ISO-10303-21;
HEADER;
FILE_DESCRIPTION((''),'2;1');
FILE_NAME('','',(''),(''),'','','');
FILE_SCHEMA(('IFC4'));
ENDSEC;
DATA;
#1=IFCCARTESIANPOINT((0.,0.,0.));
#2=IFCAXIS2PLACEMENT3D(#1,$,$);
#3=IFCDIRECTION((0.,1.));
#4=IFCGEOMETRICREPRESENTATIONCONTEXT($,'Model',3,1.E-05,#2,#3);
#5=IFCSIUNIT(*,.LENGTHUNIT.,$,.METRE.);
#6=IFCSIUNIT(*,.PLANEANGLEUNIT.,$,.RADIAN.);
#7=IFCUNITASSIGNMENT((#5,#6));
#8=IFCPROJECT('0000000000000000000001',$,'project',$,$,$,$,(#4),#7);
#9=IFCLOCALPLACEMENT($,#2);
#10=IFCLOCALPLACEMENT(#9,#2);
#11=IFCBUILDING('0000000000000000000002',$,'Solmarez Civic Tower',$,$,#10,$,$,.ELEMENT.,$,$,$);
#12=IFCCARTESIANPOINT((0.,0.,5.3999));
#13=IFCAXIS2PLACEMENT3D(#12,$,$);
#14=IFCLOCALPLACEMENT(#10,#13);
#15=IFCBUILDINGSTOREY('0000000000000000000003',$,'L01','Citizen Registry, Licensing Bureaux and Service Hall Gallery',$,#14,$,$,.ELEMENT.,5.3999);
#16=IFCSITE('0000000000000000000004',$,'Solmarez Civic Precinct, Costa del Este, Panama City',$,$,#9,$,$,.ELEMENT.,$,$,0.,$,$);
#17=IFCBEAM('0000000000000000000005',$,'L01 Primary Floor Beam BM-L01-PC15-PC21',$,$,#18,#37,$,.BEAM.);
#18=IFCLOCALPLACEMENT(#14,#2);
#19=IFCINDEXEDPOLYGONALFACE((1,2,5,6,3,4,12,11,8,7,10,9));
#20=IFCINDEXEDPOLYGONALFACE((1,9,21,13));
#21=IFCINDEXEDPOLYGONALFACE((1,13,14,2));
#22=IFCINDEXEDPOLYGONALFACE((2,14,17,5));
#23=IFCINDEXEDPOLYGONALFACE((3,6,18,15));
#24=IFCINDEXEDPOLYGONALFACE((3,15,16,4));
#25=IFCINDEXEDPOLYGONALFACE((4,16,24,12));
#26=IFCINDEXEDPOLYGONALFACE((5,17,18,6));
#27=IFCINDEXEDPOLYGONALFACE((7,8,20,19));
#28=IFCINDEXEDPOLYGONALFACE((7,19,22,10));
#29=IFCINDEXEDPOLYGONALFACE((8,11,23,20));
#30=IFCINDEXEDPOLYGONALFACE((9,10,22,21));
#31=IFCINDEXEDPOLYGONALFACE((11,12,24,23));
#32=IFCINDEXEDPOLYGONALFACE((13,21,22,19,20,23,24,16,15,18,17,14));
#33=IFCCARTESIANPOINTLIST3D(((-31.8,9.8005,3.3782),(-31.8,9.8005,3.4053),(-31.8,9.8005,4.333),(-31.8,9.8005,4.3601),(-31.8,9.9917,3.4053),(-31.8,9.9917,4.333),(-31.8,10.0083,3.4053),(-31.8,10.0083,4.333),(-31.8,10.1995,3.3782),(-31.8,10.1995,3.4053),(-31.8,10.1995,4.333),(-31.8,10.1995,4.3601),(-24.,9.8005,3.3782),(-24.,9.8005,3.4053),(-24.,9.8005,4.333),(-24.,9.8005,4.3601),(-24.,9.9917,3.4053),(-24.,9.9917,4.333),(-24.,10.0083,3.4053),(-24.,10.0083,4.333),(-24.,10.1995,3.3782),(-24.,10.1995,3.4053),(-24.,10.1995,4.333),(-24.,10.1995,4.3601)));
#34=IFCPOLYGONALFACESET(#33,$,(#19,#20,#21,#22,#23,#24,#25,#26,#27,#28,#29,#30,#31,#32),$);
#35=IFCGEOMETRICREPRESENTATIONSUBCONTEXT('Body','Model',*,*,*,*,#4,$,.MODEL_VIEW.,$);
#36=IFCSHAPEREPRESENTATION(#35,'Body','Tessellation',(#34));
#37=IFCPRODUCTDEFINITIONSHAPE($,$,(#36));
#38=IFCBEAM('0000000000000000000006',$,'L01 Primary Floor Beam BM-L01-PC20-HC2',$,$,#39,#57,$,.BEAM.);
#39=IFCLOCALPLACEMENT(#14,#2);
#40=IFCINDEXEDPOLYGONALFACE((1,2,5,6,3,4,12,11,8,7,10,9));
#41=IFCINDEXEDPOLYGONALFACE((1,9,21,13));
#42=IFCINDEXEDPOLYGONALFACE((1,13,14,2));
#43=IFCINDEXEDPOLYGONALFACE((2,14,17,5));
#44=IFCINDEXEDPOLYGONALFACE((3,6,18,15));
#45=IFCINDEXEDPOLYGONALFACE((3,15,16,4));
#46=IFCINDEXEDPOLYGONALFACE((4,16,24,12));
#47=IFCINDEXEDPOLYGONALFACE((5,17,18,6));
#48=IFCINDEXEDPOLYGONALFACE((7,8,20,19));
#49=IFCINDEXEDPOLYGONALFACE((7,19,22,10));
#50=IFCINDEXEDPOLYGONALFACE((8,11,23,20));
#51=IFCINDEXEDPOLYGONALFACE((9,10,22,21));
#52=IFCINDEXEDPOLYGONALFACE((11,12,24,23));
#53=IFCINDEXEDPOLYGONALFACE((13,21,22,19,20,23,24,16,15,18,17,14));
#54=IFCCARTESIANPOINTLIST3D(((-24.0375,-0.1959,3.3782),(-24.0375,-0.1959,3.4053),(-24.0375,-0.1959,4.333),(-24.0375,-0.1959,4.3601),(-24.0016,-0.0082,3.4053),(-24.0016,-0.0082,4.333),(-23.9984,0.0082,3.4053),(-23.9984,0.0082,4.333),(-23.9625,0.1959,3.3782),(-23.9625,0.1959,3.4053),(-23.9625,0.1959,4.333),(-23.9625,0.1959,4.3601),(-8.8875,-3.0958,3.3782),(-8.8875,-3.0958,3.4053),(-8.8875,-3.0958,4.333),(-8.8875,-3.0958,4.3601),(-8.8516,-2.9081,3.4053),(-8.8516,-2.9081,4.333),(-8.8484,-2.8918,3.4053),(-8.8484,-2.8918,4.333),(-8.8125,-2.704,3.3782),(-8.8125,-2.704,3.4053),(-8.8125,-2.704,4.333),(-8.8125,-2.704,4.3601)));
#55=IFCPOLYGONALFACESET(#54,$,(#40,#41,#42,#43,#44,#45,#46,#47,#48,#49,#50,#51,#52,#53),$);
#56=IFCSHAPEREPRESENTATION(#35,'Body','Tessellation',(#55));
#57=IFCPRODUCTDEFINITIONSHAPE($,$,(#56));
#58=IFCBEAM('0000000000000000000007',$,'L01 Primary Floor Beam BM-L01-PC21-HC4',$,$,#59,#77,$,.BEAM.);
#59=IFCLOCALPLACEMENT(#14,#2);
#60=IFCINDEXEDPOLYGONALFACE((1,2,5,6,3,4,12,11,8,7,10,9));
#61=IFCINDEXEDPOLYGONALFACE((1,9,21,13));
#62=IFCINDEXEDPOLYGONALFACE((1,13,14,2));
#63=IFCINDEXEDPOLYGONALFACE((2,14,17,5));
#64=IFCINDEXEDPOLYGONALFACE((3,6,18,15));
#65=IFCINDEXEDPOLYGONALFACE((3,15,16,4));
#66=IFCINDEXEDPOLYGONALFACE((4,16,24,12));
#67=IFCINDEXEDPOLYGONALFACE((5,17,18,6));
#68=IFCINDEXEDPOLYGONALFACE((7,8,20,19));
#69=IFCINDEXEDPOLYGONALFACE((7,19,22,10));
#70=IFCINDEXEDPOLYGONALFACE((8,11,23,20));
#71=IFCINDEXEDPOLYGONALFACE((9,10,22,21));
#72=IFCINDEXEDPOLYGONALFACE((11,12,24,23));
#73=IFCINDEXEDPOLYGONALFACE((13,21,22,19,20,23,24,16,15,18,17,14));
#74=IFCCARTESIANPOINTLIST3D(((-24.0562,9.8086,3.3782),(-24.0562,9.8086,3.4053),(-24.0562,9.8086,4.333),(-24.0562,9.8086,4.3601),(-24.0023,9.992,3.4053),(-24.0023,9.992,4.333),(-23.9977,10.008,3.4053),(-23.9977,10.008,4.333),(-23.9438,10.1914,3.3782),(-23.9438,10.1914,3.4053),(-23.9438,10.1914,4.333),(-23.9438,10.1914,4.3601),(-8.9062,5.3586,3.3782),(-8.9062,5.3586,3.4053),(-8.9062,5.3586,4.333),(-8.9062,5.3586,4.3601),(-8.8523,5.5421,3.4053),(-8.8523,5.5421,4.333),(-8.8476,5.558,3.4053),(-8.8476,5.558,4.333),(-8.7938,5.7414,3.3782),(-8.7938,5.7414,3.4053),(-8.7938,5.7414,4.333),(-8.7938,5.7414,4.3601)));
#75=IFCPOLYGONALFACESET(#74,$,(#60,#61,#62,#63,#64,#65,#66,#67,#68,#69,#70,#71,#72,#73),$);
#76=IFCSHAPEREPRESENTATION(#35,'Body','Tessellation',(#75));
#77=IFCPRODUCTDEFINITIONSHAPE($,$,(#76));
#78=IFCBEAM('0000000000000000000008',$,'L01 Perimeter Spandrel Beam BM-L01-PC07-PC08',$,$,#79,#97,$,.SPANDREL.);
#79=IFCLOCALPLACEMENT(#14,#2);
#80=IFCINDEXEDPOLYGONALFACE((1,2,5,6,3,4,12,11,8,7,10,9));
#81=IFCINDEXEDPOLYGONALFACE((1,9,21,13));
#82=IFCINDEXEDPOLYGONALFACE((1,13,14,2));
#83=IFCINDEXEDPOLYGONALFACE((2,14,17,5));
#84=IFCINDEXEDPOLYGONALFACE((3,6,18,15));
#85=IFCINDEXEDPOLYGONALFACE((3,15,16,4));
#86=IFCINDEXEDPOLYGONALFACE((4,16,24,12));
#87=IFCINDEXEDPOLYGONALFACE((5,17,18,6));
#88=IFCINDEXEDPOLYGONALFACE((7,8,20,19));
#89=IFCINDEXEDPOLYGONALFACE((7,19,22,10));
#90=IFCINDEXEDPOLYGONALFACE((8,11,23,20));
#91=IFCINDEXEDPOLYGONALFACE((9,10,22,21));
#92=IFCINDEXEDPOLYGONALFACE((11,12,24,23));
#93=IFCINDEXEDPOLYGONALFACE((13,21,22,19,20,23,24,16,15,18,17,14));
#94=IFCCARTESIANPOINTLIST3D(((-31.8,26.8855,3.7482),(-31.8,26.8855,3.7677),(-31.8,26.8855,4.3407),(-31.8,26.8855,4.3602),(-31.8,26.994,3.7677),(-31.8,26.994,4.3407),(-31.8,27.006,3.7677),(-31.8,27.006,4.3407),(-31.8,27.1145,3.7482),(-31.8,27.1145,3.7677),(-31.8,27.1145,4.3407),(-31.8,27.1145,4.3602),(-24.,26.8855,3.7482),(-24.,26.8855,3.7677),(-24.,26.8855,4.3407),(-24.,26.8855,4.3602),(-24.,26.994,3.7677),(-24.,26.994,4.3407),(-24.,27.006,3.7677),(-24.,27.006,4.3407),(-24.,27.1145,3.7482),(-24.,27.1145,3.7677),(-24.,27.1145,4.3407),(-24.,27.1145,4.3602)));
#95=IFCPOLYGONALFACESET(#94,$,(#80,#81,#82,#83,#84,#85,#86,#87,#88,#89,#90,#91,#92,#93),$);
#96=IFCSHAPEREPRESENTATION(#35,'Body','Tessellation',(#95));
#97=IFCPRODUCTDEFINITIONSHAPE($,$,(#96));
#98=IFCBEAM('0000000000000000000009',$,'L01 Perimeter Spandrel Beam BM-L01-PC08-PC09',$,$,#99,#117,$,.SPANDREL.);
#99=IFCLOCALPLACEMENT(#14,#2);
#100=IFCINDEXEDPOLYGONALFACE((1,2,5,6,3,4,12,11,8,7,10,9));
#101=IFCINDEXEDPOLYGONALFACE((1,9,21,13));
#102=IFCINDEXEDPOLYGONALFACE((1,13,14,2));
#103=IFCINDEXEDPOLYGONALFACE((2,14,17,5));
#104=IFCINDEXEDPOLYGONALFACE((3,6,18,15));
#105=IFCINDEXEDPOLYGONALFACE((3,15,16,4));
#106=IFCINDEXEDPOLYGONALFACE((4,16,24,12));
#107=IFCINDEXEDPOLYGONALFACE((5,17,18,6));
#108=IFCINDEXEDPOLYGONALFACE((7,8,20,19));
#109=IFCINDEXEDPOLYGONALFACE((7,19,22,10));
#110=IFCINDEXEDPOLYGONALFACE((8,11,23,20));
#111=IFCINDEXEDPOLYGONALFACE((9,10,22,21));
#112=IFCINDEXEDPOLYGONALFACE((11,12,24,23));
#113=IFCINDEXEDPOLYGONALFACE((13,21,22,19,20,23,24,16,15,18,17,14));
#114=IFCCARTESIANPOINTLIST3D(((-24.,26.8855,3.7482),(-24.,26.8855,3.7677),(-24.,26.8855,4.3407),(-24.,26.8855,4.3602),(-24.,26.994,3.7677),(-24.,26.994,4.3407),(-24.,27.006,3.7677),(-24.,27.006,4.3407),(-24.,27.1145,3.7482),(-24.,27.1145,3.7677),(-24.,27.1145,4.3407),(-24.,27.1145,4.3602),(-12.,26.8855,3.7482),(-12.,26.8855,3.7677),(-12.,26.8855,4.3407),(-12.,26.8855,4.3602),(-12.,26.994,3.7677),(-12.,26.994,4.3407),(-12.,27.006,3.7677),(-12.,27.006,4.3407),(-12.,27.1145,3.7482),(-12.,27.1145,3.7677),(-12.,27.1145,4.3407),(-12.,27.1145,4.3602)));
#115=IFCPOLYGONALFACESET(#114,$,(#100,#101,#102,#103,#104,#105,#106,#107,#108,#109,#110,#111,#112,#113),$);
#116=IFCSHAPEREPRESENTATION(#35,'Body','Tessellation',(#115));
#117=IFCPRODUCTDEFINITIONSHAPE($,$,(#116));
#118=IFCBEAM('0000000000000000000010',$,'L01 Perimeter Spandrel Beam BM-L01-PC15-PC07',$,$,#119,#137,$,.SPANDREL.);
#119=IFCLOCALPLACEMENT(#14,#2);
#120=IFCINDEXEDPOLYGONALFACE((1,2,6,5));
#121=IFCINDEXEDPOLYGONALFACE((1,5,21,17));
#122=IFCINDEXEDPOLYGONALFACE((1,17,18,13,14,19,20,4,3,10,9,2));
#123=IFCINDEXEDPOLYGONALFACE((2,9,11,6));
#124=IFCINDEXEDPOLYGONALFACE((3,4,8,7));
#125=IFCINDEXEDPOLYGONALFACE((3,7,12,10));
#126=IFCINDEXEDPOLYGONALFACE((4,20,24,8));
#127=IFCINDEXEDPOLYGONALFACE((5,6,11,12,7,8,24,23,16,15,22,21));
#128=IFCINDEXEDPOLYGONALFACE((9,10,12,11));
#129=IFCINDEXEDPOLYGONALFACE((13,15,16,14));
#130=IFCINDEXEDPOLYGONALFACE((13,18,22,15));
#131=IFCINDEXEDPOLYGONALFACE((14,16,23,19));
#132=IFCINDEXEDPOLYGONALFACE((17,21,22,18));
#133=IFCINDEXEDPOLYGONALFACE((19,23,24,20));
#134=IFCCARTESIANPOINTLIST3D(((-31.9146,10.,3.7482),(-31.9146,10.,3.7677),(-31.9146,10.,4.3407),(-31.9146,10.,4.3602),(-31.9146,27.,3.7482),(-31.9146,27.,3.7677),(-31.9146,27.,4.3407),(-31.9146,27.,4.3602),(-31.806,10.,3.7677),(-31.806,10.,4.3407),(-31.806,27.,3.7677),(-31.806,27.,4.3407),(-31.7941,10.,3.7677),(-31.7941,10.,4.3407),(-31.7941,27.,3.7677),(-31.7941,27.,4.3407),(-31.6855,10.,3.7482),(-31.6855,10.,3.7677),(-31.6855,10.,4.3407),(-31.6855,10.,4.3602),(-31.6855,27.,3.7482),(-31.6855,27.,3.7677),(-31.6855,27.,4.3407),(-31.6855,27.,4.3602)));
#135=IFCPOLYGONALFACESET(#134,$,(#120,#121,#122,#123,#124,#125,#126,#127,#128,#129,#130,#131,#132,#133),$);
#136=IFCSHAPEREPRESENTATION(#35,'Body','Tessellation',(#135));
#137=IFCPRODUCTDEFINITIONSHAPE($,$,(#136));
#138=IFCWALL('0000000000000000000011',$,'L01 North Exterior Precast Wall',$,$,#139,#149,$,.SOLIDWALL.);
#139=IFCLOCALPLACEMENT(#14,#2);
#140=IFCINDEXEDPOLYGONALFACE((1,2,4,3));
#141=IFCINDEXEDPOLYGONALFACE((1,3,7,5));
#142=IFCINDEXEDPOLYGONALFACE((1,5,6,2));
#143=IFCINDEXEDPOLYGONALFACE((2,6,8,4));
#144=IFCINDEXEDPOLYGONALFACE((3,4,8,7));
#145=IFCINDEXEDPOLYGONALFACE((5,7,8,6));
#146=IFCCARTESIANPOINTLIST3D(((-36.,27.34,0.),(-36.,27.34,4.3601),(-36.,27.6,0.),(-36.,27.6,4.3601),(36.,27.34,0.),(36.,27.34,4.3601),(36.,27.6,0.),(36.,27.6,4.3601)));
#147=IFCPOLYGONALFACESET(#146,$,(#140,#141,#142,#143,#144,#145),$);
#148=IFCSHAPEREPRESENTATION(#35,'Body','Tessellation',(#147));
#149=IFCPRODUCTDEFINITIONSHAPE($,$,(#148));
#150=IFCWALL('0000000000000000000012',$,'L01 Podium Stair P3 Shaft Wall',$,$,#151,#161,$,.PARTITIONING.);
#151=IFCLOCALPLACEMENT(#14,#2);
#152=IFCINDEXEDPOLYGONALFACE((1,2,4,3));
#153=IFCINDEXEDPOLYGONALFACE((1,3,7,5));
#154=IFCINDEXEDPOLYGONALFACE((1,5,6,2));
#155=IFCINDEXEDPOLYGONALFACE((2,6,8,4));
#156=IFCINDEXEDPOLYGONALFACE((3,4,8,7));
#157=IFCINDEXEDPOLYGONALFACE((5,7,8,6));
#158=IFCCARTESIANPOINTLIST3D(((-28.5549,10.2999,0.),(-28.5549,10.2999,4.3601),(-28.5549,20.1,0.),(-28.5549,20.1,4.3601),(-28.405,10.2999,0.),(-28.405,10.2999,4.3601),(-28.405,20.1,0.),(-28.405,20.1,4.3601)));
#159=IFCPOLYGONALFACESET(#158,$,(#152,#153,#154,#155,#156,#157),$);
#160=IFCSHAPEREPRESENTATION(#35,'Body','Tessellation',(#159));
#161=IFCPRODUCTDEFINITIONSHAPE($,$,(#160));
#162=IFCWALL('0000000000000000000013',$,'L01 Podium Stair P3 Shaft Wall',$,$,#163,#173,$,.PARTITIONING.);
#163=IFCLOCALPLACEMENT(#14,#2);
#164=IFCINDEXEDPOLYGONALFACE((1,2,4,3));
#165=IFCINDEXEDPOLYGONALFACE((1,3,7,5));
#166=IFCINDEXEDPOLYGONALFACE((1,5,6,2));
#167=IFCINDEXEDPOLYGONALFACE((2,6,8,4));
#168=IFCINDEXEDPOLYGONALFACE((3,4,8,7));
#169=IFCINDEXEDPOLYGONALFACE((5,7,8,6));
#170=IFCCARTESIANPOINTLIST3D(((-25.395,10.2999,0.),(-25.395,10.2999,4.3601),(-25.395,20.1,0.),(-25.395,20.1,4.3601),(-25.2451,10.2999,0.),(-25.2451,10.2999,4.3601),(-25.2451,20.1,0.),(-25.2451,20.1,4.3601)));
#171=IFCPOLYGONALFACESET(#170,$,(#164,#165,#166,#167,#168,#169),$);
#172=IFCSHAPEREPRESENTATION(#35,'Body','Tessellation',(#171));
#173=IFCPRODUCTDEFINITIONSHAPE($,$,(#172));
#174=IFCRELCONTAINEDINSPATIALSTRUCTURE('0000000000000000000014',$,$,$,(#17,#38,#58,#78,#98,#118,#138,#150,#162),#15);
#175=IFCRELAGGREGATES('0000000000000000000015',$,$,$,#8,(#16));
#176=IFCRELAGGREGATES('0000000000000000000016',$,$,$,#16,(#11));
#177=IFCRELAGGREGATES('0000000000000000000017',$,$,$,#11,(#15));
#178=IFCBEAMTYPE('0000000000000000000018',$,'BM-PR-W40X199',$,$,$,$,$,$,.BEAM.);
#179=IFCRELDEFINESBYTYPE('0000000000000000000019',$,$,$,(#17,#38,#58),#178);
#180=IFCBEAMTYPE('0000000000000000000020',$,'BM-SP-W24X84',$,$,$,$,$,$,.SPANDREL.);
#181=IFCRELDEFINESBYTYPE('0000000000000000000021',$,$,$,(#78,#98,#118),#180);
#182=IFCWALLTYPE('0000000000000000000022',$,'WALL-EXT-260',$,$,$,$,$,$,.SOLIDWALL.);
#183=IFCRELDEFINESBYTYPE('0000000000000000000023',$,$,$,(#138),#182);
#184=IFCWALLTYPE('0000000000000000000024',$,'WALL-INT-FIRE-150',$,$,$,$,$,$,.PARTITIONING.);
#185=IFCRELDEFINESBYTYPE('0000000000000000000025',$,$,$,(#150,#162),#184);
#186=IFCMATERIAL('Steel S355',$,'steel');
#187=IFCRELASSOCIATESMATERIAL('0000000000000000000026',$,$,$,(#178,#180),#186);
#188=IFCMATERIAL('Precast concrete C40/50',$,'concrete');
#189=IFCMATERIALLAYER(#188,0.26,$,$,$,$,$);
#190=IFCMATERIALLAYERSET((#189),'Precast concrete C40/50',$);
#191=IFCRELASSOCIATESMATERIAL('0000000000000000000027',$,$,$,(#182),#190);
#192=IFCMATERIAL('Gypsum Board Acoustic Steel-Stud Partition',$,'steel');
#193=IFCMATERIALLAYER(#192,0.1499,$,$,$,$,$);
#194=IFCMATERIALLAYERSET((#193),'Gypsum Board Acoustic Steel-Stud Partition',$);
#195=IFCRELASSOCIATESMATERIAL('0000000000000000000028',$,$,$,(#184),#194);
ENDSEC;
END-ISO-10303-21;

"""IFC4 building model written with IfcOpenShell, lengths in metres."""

from ifc_helpers import new_model, si_unit, direction, frame, frame_2d, origin, origin_2d, place, context, subcontext, project, spatial, rectangle, i_section, extrude, material, layer, layer_set, material_profile, profile_set, type_object, element, save


model = new_model("IFC4")

# Units and contexts
model_context = context("Model", 3, precision=1e-05, world=origin(), true_north=direction((0.0, 1.0)))
body_context = subcontext(model_context, "Body", "Model", "MODEL_VIEW")
ifc_project = project(units=[si_unit("LENGTHUNIT", "METRE"), si_unit("PLANEANGLEUNIT", "RADIAN")], contexts=[model_context])

# Site, building, storey
site_placement = place(None, origin())
site = spatial("IfcSite", under=ifc_project, at=site_placement, Name="Solmarez Civic Precinct, Costa del Este, Panama City", CompositionType="ELEMENT", RefElevation=0.0)
building_placement = place(site_placement, origin())
building = spatial("IfcBuilding", under=site, at=building_placement, Name="Solmarez Civic Tower", CompositionType="ELEMENT")
storey_placement = place(building_placement, frame((0.0, 0.0, 5.3999)))
storey = spatial("IfcBuildingStorey", under=building, at=storey_placement, Name="L01", Description="Citizen Registry, Licensing Bureaux and Service Hall Gallery", CompositionType="ELEMENT", Elevation=5.3999)

# Beams
ifc_material_1 = material(Name="Steel S355", Category="steel")
ifc_material_profile_1 = material_profile(ifc_material_1, i_section(OverallWidth=0.3989, OverallDepth=0.9819, WebThickness=0.0166, FlangeThickness=0.0271, at=origin_2d()), Name="W40X199")
ifc_profile_set_1 = profile_set([ifc_material_profile_1], Name="Steel S355")
beam_type_1 = type_object("IfcBeamType", Name="BM-PR-W40X199", PredefinedType="BEAM", material=ifc_profile_set_1)
beam_1_placement = place(storey_placement, frame((-31.8, 10.0, 3.8691), z_axis=(1.0, 0.0, 0.0), x_axis=(0.0, 1.0, 0.0)))
element("IfcBeam", 1, at=beam_1_placement, inside=storey, type_object=beam_type_1, Name="L01 Primary Floor Beam BM-L01-PC15-PC21", PredefinedType="BEAM", context=body_context, shape_type="SweptSolid", body=[
    extrude(i_section(OverallWidth=0.3989, OverallDepth=0.9819, WebThickness=0.0166, FlangeThickness=0.0271, at=origin_2d()), origin(), (0.0, 0.0, 1.0), 7.8),
])
beam_2_placement = place(storey_placement, frame((-24.0, 0.0, 3.8691), z_axis=(0.982169, -0.188001, 0.0), x_axis=(0.188001, 0.982169, 0.0)))
element("IfcBeam", 2, at=beam_2_placement, inside=storey, type_object=beam_type_1, Name="L01 Primary Floor Beam BM-L01-PC20-HC2", PredefinedType="BEAM", context=body_context, shape_type="SweptSolid", body=[
    extrude(i_section(OverallWidth=0.3989, OverallDepth=0.9819, WebThickness=0.0166, FlangeThickness=0.0271, at=origin_2d()), origin(), (0.0, 0.0, 1.0), 15.425),
])
beam_3_placement = place(storey_placement, frame((-24.0, 10.0, 3.8691), z_axis=(0.959467, -0.281822, 0.0), x_axis=(0.281822, 0.959467, 0.0)))
element("IfcBeam", 3, at=beam_3_placement, inside=storey, type_object=beam_type_1, Name="L01 Primary Floor Beam BM-L01-PC21-HC4", PredefinedType="BEAM", context=body_context, shape_type="SweptSolid", body=[
    extrude(i_section(OverallWidth=0.3989, OverallDepth=0.9819, WebThickness=0.0166, FlangeThickness=0.0271, at=origin_2d()), origin(), (0.0, 0.0, 1.0), 15.79),
])
ifc_material_profile_2 = material_profile(ifc_material_1, i_section(OverallWidth=0.229, OverallDepth=0.6121, WebThickness=0.012, FlangeThickness=0.0195, at=origin_2d()), Name="W24X84")
ifc_profile_set_2 = profile_set([ifc_material_profile_2], Name="Steel S355")
beam_type_2 = type_object("IfcBeamType", Name="BM-SP-W24X84", PredefinedType="SPANDREL", material=ifc_profile_set_2)
beam_4_placement = place(storey_placement, frame((-31.8, 27.0, 4.0542), z_axis=(1.0, 0.0, 0.0), x_axis=(0.0, 1.0, 0.0)))
element("IfcBeam", 4, at=beam_4_placement, inside=storey, type_object=beam_type_2, Name="L01 Perimeter Spandrel Beam BM-L01-PC07-PC08", PredefinedType="SPANDREL", context=body_context, shape_type="SweptSolid", body=[
    extrude(i_section(OverallWidth=0.229, OverallDepth=0.6121, WebThickness=0.012, FlangeThickness=0.0195, at=origin_2d()), origin(), (0.0, 0.0, 1.0), 7.8),
])
beam_5_placement = place(storey_placement, frame((-24.0, 27.0, 4.0542), z_axis=(1.0, 0.0, 0.0), x_axis=(0.0, 1.0, 0.0)))
element("IfcBeam", 5, at=beam_5_placement, inside=storey, type_object=beam_type_2, Name="L01 Perimeter Spandrel Beam BM-L01-PC08-PC09", PredefinedType="SPANDREL", context=body_context, shape_type="SweptSolid", body=[
    extrude(i_section(OverallWidth=0.229, OverallDepth=0.6121, WebThickness=0.012, FlangeThickness=0.0195, at=origin_2d()), origin(), (0.0, 0.0, 1.0), 12.0),
])
beam_6_placement = place(storey_placement, frame((-31.8, 10.0, 4.0542), z_axis=(0.0, 1.0, 0.0), x_axis=(-1.0, 0.0, 0.0)))
element("IfcBeam", 6, at=beam_6_placement, inside=storey, type_object=beam_type_2, Name="L01 Perimeter Spandrel Beam BM-L01-PC15-PC07", PredefinedType="SPANDREL", context=body_context, shape_type="SweptSolid", body=[
    extrude(i_section(OverallWidth=0.229, OverallDepth=0.6121, WebThickness=0.012, FlangeThickness=0.0195, at=origin_2d()), origin(), (0.0, 0.0, 1.0), 17.0),
])

# Walls
ifc_material_2 = material(Name="Precast concrete C40/50", Category="concrete")
ifc_layer_1 = layer(ifc_material_2, 0.26)
ifc_layer_set_1 = layer_set([ifc_layer_1], Name="Precast concrete C40/50")
wall_type_1 = type_object("IfcWallType", Name="WALL-EXT-260", PredefinedType="SOLIDWALL", material=ifc_layer_set_1)
wall_1_placement = place(storey_placement, frame((-36.0, 27.47, 0.0), z_axis=(0.0, 0.0, 1.0), x_axis=(1.0, 0.0, 0.0)))
element("IfcWall", 7, at=wall_1_placement, inside=storey, type_object=wall_type_1, Name="L01 North Exterior Precast Wall", PredefinedType="SOLIDWALL", context=body_context, shape_type="SweptSolid", body=[
    extrude(rectangle(XDim=72.0, YDim=0.26, at=frame_2d((36.0, 0.0))), origin(), (0.0, 0.0, 1.0), 4.3601),
])
ifc_material_3 = material(Name="Gypsum Board Acoustic Steel-Stud Partition", Category="steel")
ifc_layer_2 = layer(ifc_material_3, 0.1499)
ifc_layer_set_2 = layer_set([ifc_layer_2], Name="Gypsum Board Acoustic Steel-Stud Partition")
wall_type_2 = type_object("IfcWallType", Name="WALL-INT-FIRE-150", PredefinedType="PARTITIONING", material=ifc_layer_set_2)
for number, where, z_axis, x_axis, name in (
    (8, (-28.48, 10.3, 0.0), (0.0, 0.0, 1.0), (0.0, 1.0, 0.0), "L01 Podium Stair P3 Shaft Wall"),
    (9, (-25.3201, 10.3, 0.0), (0.0, 0.0, 1.0), (0.0, 1.0, 0.0), "L01 Podium Stair P3 Shaft Wall"),
):
    element("IfcWall", number, at=place(storey_placement, frame(where, z_axis=z_axis, x_axis=x_axis)), inside=storey, type_object=wall_type_2, Name=name, PredefinedType="PARTITIONING", context=body_context, shape_type="SweptSolid", body=[
        extrude(rectangle(XDim=9.8, YDim=0.1499, at=frame_2d((4.8999, 0.0))), origin(), (0.0, 0.0, 1.0), 4.3601),
    ])

save(model, "model.ifc")
